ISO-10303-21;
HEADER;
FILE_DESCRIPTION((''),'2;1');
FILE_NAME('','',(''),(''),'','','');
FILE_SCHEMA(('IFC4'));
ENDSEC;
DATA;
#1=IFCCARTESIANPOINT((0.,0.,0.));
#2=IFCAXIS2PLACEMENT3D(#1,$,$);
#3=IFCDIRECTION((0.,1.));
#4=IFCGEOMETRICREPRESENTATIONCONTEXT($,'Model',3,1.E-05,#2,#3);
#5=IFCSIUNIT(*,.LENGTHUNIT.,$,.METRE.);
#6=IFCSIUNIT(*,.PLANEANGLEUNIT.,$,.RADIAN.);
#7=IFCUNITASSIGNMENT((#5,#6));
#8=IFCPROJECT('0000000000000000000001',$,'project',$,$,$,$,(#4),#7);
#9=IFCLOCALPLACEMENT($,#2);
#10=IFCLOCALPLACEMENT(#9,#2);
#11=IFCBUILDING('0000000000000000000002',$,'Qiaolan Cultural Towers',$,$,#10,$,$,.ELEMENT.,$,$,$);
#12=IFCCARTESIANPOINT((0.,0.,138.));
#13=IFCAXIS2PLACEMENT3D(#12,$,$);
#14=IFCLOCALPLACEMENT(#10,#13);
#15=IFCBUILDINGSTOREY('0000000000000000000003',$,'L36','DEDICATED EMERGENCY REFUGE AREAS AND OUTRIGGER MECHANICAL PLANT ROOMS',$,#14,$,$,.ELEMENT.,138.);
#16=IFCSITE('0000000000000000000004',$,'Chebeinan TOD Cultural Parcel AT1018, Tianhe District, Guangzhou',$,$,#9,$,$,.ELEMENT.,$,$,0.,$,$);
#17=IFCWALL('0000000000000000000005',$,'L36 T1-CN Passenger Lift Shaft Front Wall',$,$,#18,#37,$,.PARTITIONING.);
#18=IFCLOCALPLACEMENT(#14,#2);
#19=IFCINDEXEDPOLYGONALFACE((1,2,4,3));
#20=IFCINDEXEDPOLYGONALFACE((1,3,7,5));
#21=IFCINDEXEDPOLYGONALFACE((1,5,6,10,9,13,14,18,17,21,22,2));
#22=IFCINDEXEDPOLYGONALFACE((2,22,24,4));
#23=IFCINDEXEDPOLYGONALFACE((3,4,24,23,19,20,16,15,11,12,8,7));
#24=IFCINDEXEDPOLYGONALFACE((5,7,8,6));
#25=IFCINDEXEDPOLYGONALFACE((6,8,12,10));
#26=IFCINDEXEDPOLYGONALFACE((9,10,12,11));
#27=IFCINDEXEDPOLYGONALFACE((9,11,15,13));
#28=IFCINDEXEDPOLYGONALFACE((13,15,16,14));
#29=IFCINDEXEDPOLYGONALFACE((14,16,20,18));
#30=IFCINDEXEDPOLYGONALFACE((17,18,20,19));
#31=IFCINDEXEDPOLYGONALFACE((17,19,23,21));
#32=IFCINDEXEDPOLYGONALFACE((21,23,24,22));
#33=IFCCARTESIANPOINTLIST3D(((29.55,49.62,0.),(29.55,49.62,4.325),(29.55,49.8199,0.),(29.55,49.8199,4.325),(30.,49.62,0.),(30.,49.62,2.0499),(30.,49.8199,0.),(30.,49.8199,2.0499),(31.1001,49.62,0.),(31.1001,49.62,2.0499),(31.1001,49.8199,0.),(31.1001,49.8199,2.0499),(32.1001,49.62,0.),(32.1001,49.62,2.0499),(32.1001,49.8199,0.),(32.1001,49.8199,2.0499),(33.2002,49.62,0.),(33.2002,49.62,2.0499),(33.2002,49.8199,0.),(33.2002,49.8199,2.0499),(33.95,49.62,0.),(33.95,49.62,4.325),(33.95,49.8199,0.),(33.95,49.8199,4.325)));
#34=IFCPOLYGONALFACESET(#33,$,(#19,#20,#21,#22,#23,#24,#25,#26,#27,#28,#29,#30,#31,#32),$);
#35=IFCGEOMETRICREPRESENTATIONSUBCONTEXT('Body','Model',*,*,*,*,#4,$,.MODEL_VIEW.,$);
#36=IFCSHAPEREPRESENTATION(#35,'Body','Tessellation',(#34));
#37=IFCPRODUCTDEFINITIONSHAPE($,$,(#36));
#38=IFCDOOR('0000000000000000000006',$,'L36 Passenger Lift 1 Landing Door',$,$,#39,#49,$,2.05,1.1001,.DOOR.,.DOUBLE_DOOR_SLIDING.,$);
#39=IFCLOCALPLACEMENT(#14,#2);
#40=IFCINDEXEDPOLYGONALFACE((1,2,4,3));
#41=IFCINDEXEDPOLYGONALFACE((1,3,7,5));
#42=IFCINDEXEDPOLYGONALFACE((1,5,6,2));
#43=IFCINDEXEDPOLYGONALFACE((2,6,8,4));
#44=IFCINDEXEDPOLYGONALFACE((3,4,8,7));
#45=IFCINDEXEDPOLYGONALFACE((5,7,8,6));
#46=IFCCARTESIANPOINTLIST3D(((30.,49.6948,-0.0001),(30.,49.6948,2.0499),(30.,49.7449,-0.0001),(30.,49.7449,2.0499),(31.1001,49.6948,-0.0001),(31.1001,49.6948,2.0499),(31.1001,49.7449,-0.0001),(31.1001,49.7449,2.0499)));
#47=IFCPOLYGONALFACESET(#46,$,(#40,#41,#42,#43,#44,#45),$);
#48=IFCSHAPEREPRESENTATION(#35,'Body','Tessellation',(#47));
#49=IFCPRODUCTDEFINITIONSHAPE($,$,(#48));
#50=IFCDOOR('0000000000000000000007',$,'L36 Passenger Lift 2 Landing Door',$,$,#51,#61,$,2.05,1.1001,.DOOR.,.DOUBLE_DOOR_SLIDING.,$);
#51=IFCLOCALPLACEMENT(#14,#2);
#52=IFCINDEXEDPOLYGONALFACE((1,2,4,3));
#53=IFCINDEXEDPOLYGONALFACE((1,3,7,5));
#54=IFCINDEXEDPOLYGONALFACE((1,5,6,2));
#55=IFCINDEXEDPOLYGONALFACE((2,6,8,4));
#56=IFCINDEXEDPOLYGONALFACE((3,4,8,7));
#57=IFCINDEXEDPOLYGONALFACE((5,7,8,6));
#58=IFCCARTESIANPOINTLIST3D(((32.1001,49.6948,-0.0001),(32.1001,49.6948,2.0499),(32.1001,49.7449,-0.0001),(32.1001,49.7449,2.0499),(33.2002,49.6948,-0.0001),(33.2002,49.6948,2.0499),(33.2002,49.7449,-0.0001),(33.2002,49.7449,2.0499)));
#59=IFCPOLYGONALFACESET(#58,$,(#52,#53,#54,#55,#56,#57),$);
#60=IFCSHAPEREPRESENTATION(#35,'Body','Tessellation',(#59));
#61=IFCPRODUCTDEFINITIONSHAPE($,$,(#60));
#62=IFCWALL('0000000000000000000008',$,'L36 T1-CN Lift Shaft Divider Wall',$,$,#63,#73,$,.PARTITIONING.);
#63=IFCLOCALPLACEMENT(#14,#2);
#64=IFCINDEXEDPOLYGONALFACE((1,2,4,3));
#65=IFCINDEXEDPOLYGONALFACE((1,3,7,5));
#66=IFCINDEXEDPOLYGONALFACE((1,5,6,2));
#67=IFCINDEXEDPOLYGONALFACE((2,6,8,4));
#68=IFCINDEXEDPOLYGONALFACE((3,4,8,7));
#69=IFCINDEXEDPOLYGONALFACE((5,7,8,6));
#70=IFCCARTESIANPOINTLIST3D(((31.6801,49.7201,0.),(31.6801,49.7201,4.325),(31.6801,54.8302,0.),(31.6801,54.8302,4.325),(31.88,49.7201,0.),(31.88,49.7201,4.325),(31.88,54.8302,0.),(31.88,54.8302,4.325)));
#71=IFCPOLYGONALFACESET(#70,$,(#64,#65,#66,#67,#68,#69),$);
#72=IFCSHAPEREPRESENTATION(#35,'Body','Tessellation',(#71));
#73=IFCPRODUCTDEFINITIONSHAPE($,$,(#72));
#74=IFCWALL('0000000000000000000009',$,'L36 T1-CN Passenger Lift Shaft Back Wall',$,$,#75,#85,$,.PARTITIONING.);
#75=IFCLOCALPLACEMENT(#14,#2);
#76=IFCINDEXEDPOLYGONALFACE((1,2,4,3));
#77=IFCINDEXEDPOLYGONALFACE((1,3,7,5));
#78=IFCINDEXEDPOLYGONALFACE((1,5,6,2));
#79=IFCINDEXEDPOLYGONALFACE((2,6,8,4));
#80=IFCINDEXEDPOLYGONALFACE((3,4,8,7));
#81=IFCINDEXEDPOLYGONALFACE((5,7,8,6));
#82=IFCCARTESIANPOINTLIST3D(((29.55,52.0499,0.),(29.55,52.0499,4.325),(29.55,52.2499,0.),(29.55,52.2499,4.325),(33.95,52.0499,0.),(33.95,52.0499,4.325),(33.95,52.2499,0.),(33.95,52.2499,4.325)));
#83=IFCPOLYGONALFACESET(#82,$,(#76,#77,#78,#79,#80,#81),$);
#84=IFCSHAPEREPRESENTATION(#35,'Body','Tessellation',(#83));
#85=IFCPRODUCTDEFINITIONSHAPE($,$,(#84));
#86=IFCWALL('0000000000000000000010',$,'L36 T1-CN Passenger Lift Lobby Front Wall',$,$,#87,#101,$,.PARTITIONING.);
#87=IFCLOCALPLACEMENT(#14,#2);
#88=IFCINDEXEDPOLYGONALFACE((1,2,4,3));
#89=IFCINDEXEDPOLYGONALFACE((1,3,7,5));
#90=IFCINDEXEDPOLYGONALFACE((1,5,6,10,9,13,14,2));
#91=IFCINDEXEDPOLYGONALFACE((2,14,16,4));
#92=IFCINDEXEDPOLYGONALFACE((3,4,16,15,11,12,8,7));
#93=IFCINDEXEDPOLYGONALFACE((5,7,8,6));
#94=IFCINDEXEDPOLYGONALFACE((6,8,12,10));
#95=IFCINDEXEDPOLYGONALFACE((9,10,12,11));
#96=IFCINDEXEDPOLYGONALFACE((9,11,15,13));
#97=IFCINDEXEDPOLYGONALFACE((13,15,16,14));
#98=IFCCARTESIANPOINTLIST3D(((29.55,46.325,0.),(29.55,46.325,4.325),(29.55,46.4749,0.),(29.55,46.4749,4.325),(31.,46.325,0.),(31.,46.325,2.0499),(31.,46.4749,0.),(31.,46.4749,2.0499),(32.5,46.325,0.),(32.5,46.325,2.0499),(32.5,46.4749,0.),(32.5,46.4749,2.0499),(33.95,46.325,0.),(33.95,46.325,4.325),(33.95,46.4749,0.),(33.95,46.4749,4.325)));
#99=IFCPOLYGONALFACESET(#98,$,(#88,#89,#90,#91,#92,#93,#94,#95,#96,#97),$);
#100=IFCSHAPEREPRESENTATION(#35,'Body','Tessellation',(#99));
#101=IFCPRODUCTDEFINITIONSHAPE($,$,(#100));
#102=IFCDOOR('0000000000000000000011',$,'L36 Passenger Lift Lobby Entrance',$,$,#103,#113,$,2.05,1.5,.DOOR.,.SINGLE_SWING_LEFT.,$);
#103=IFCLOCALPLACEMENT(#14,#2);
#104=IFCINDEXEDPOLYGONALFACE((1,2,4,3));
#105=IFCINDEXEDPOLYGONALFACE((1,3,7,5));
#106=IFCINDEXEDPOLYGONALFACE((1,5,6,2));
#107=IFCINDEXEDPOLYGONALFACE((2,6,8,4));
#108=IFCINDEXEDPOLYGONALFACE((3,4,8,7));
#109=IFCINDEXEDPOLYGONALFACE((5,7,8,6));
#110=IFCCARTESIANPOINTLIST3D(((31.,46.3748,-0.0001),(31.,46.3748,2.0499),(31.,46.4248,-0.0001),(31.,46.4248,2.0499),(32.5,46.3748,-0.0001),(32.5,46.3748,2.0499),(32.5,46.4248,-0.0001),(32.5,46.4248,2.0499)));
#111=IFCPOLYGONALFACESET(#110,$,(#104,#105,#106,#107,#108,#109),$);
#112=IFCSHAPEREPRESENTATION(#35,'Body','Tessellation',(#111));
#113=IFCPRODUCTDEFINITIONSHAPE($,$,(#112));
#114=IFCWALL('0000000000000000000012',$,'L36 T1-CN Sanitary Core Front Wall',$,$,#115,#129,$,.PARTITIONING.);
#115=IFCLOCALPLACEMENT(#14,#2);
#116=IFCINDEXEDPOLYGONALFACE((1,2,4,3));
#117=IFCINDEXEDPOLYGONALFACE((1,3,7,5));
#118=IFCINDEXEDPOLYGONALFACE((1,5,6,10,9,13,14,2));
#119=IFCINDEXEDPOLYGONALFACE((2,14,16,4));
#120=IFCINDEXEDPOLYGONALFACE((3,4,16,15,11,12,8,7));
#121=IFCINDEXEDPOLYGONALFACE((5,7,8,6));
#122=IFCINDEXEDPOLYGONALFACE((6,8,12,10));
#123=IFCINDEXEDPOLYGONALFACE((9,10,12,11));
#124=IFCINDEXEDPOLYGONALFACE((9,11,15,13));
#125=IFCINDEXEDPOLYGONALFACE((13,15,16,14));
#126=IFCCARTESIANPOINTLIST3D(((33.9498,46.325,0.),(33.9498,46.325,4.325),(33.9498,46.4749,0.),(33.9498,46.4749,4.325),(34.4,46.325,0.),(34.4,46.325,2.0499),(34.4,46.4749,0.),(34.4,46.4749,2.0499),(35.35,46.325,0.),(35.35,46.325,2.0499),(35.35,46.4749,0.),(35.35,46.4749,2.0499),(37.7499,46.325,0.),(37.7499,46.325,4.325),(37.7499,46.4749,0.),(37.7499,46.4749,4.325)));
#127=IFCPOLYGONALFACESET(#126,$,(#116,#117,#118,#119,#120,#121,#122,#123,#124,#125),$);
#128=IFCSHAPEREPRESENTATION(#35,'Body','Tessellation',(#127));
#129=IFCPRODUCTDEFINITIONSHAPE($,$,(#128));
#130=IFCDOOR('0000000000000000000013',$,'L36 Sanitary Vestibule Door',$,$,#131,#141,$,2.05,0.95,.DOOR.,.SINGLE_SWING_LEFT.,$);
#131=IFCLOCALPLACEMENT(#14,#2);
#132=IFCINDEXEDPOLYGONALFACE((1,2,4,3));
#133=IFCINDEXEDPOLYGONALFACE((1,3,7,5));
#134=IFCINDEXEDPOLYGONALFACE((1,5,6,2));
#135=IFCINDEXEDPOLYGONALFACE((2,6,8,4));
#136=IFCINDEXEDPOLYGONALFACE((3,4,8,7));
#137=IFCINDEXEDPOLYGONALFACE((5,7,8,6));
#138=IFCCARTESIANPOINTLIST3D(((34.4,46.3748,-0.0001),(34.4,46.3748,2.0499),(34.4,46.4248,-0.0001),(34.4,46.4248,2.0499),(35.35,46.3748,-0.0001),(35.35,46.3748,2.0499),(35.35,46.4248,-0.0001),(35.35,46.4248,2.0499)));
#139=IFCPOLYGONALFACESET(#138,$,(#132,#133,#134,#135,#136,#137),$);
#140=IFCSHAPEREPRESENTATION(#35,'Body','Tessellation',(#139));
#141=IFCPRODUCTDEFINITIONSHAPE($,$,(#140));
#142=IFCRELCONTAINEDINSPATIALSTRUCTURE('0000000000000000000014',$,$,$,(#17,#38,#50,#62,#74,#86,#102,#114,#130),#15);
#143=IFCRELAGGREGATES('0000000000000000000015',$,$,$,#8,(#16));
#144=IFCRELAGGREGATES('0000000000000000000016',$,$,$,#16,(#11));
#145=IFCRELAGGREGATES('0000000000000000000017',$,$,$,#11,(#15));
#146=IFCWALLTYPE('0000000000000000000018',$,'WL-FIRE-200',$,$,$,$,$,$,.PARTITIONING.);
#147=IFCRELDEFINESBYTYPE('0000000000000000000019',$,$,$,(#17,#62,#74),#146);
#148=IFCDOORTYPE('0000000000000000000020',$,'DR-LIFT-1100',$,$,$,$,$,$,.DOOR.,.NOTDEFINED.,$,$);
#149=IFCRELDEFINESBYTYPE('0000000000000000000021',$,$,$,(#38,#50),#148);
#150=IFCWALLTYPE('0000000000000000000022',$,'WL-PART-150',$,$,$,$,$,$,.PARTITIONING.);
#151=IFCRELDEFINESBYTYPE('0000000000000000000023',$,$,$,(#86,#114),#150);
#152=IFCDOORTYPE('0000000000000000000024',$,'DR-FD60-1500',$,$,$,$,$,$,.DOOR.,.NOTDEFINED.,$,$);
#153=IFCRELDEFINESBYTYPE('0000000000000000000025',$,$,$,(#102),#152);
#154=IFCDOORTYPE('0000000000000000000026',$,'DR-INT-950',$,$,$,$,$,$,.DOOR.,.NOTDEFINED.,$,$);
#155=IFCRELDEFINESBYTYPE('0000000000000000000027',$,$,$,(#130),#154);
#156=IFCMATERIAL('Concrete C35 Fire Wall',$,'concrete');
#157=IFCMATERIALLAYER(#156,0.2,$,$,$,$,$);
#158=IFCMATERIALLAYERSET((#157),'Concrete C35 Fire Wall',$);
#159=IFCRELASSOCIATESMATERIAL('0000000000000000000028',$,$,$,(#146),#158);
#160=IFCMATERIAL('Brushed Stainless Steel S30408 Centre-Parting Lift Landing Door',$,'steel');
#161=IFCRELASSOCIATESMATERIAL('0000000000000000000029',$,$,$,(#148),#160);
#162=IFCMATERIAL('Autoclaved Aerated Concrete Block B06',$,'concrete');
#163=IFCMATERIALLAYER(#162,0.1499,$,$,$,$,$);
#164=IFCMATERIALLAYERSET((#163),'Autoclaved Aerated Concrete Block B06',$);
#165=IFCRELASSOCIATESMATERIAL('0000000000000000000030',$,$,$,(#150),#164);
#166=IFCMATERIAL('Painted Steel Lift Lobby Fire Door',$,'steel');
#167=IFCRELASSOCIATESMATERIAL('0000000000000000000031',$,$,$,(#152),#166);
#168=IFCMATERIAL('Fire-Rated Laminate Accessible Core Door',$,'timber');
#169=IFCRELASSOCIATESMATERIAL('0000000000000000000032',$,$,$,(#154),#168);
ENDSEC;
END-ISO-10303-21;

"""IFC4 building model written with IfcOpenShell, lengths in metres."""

from ifc_helpers import new_model, si_unit, direction, frame, frame_2d, origin, place, context, subcontext, project, spatial, rectangle, extrude, material, layer, layer_set, type_object, element, fill, save


model = new_model("IFC4")

# Units and contexts
model_context = context("Model", 3, precision=1e-05, world=origin(), true_north=direction((0.0, 1.0)))
body_context = subcontext(model_context, "Body", "Model", "MODEL_VIEW")
ifc_project = project(units=[si_unit("LENGTHUNIT", "METRE"), si_unit("PLANEANGLEUNIT", "RADIAN")], contexts=[model_context])

# Site, building, storey
site_placement = place(None, origin())
site = spatial("IfcSite", under=ifc_project, at=site_placement, Name="Chebeinan TOD Cultural Parcel AT1018, Tianhe District, Guangzhou", CompositionType="ELEMENT", RefElevation=0.0)
building_placement = place(site_placement, origin())
building = spatial("IfcBuilding", under=site, at=building_placement, Name="Qiaolan Cultural Towers", CompositionType="ELEMENT")
storey_placement = place(building_placement, frame((0.0, 0.0, 138.0)))
storey = spatial("IfcBuildingStorey", under=building, at=storey_placement, Name="L36", Description="DEDICATED EMERGENCY REFUGE AREAS AND OUTRIGGER MECHANICAL PLANT ROOMS", CompositionType="ELEMENT", Elevation=138.0)

# Shared definitions
ifc_material_1 = material(Name="Concrete C35 Fire Wall", Category="concrete")
ifc_layer_1 = layer(ifc_material_1, 0.2)
ifc_layer_set_1 = layer_set([ifc_layer_1], Name="Concrete C35 Fire Wall")
wall_type_1 = type_object("IfcWallType", Name="WL-FIRE-200", PredefinedType="PARTITIONING", material=ifc_layer_set_1)
ifc_material_2 = material(Name="Brushed Stainless Steel S30408 Centre-Parting Lift Landing Door", Category="steel")
door_type_1 = type_object("IfcDoorType", Name="DR-LIFT-1100", OperationType="NOTDEFINED", PredefinedType="DOOR", material=ifc_material_2)

# Wall, openings, doors
wall_1_placement = place(storey_placement, frame((29.55, 49.72, 0.0), z_axis=(0.0, 0.0, 1.0), x_axis=(1.0, 0.0, 0.0)))
wall_1 = element("IfcWall", 1, at=wall_1_placement, inside=storey, type_object=wall_type_1, Name="L36 T1-CN Passenger Lift Shaft Front Wall", PredefinedType="PARTITIONING", context=body_context, shape_type="SweptSolid", body=[
    extrude(rectangle(XDim=4.3999, YDim=0.2, at=frame_2d((2.2, 0.0))), origin(), (0.0, 0.0, 1.0), 4.325),
])
opening_1_placement = place(wall_1_placement, frame((0.45, 0.0, 0.0)))
opening_1 = element("IfcOpeningElement", 2, at=opening_1_placement, cuts=wall_1, PredefinedType="OPENING", context=body_context, shape_type="SweptSolid", body=[
    extrude(rectangle(XDim=1.1001, YDim=2.05, at=frame_2d((0.55, 1.0249))), frame((0.0, 0.1099, 0.0), z_axis=(0.0, -1.0, 0.0), x_axis=(1.0, 0.0, 0.0)), (0.0, 0.0, 1.0), 0.22),
])
opening_2_placement = place(wall_1_placement, frame((2.55, 0.0, 0.0)))
opening_2 = element("IfcOpeningElement", 3, at=opening_2_placement, cuts=wall_1, PredefinedType="OPENING", context=body_context, shape_type="SweptSolid", body=[
    extrude(rectangle(XDim=1.1001, YDim=2.05, at=frame_2d((0.55, 1.0249))), frame((0.0, 0.1099, 0.0), z_axis=(0.0, -1.0, 0.0), x_axis=(1.0, 0.0, 0.0)), (0.0, 0.0, 1.0), 0.22),
])
door_1_placement = place(opening_1_placement, origin())
door_1 = element("IfcDoor", 4, at=door_1_placement, inside=storey, type_object=door_type_1, Name="L36 Passenger Lift 1 Landing Door", OperationType="DOUBLE_DOOR_SLIDING", OverallHeight=2.05, OverallWidth=1.1001, PredefinedType="DOOR", context=body_context, shape_type="SweptSolid", body=[
    extrude(rectangle(XDim=1.1001, YDim=2.05, at=frame_2d((0.55, 1.0249))), frame((0.0, 0.0249, 0.0), z_axis=(0.0, -1.0, 0.0), x_axis=(1.0, 0.0, 0.0)), (0.0, 0.0, 1.0), 0.05),
])
fill(opening_1, door_1)
door_2_placement = place(opening_2_placement, origin())
door_2 = element("IfcDoor", 5, at=door_2_placement, inside=storey, type_object=door_type_1, Name="L36 Passenger Lift 2 Landing Door", OperationType="DOUBLE_DOOR_SLIDING", OverallHeight=2.05, OverallWidth=1.1001, PredefinedType="DOOR", context=body_context, shape_type="SweptSolid", body=[
    extrude(rectangle(XDim=1.1001, YDim=2.05, at=frame_2d((0.55, 1.0249))), frame((0.0, 0.0249, 0.0), z_axis=(0.0, -1.0, 0.0), x_axis=(1.0, 0.0, 0.0)), (0.0, 0.0, 1.0), 0.05),
])
fill(opening_2, door_2)

# Walls
wall_2_placement = place(storey_placement, frame((31.78, 49.72, 0.0), z_axis=(0.0, 0.0, 1.0), x_axis=(0.0, 1.0, 0.0)))
element("IfcWall", 6, at=wall_2_placement, inside=storey, type_object=wall_type_1, Name="L36 T1-CN Lift Shaft Divider Wall", PredefinedType="PARTITIONING", context=body_context, shape_type="SweptSolid", body=[
    extrude(rectangle(XDim=5.1101, YDim=0.2, at=frame_2d((2.5552, 0.0))), origin(), (0.0, 0.0, 1.0), 4.325),
])
wall_3_placement = place(storey_placement, frame((29.55, 52.1499, 0.0), z_axis=(0.0, 0.0, 1.0), x_axis=(1.0, 0.0, 0.0)))
element("IfcWall", 7, at=wall_3_placement, inside=storey, type_object=wall_type_1, Name="L36 T1-CN Passenger Lift Shaft Back Wall", PredefinedType="PARTITIONING", context=body_context, shape_type="SweptSolid", body=[
    extrude(rectangle(XDim=4.3999, YDim=0.2, at=frame_2d((2.2, 0.0))), origin(), (0.0, 0.0, 1.0), 4.325),
])

# Walls, openings, doors
ifc_material_3 = material(Name="Autoclaved Aerated Concrete Block B06", Category="concrete")
ifc_layer_2 = layer(ifc_material_3, 0.1499)
ifc_layer_set_2 = layer_set([ifc_layer_2], Name="Autoclaved Aerated Concrete Block B06")
wall_type_2 = type_object("IfcWallType", Name="WL-PART-150", PredefinedType="PARTITIONING", material=ifc_layer_set_2)
wall_4_placement = place(storey_placement, frame((29.55, 46.3999, 0.0), z_axis=(0.0, 0.0, 1.0), x_axis=(1.0, 0.0, 0.0)))
wall_4 = element("IfcWall", 8, at=wall_4_placement, inside=storey, type_object=wall_type_2, Name="L36 T1-CN Passenger Lift Lobby Front Wall", PredefinedType="PARTITIONING", context=body_context, shape_type="SweptSolid", body=[
    extrude(rectangle(XDim=4.3999, YDim=0.1499, at=frame_2d((2.2, 0.0))), origin(), (0.0, 0.0, 1.0), 4.325),
])
opening_3_placement = place(wall_4_placement, frame((1.45, 0.0, 0.0)))
opening_3 = element("IfcOpeningElement", 9, at=opening_3_placement, cuts=wall_4, PredefinedType="OPENING", context=body_context, shape_type="SweptSolid", body=[
    extrude(rectangle(XDim=1.5, YDim=2.05, at=frame_2d((0.75, 1.0249))), frame((0.0, 0.085, 0.0), z_axis=(0.0, -1.0, 0.0), x_axis=(1.0, 0.0, 0.0)), (0.0, 0.0, 1.0), 0.1699),
])
ifc_material_4 = material(Name="Painted Steel Lift Lobby Fire Door", Category="steel")
door_type_2 = type_object("IfcDoorType", Name="DR-FD60-1500", OperationType="NOTDEFINED", PredefinedType="DOOR", material=ifc_material_4)
door_3_placement = place(opening_3_placement, origin())
door_3 = element("IfcDoor", 10, at=door_3_placement, inside=storey, type_object=door_type_2, Name="L36 Passenger Lift Lobby Entrance", OperationType="SINGLE_SWING_LEFT", OverallHeight=2.05, OverallWidth=1.5, PredefinedType="DOOR", context=body_context, shape_type="SweptSolid", body=[
    extrude(rectangle(XDim=1.5, YDim=2.05, at=frame_2d((0.75, 1.0249))), frame((0.0, 0.0249, 0.0), z_axis=(0.0, -1.0, 0.0), x_axis=(1.0, 0.0, 0.0)), (0.0, 0.0, 1.0), 0.05),
])
fill(opening_3, door_3)
wall_5_placement = place(storey_placement, frame((33.95, 46.3999, 0.0), z_axis=(0.0, 0.0, 1.0), x_axis=(1.0, 0.0, 0.0)))
wall_5 = element("IfcWall", 11, at=wall_5_placement, inside=storey, type_object=wall_type_2, Name="L36 T1-CN Sanitary Core Front Wall", PredefinedType="PARTITIONING", context=body_context, shape_type="SweptSolid", body=[
    extrude(rectangle(XDim=3.8, YDim=0.1499, at=frame_2d((1.8999, 0.0))), origin(), (0.0, 0.0, 1.0), 4.325),
])
opening_4_placement = place(wall_5_placement, frame((0.45, 0.0, 0.0)))
opening_4 = element("IfcOpeningElement", 12, at=opening_4_placement, cuts=wall_5, PredefinedType="OPENING", context=body_context, shape_type="SweptSolid", body=[
    extrude(rectangle(XDim=0.95, YDim=2.05, at=frame_2d((0.4751, 1.0249))), frame((0.0, 0.085, 0.0), z_axis=(0.0, -1.0, 0.0), x_axis=(1.0, 0.0, 0.0)), (0.0, 0.0, 1.0), 0.1699),
])
ifc_material_5 = material(Name="Fire-Rated Laminate Accessible Core Door", Category="timber")
door_type_3 = type_object("IfcDoorType", Name="DR-INT-950", OperationType="NOTDEFINED", PredefinedType="DOOR", material=ifc_material_5)
door_4_placement = place(opening_4_placement, origin())
door_4 = element("IfcDoor", 13, at=door_4_placement, inside=storey, type_object=door_type_3, Name="L36 Sanitary Vestibule Door", OperationType="SINGLE_SWING_LEFT", OverallHeight=2.05, OverallWidth=0.95, PredefinedType="DOOR", context=body_context, shape_type="SweptSolid", body=[
    extrude(rectangle(XDim=0.95, YDim=2.05, at=frame_2d((0.4751, 1.0249))), frame((0.0, 0.0249, 0.0), z_axis=(0.0, -1.0, 0.0), x_axis=(1.0, 0.0, 0.0)), (0.0, 0.0, 1.0), 0.05),
])
fill(opening_4, door_4)

save(model, "model.ifc")
